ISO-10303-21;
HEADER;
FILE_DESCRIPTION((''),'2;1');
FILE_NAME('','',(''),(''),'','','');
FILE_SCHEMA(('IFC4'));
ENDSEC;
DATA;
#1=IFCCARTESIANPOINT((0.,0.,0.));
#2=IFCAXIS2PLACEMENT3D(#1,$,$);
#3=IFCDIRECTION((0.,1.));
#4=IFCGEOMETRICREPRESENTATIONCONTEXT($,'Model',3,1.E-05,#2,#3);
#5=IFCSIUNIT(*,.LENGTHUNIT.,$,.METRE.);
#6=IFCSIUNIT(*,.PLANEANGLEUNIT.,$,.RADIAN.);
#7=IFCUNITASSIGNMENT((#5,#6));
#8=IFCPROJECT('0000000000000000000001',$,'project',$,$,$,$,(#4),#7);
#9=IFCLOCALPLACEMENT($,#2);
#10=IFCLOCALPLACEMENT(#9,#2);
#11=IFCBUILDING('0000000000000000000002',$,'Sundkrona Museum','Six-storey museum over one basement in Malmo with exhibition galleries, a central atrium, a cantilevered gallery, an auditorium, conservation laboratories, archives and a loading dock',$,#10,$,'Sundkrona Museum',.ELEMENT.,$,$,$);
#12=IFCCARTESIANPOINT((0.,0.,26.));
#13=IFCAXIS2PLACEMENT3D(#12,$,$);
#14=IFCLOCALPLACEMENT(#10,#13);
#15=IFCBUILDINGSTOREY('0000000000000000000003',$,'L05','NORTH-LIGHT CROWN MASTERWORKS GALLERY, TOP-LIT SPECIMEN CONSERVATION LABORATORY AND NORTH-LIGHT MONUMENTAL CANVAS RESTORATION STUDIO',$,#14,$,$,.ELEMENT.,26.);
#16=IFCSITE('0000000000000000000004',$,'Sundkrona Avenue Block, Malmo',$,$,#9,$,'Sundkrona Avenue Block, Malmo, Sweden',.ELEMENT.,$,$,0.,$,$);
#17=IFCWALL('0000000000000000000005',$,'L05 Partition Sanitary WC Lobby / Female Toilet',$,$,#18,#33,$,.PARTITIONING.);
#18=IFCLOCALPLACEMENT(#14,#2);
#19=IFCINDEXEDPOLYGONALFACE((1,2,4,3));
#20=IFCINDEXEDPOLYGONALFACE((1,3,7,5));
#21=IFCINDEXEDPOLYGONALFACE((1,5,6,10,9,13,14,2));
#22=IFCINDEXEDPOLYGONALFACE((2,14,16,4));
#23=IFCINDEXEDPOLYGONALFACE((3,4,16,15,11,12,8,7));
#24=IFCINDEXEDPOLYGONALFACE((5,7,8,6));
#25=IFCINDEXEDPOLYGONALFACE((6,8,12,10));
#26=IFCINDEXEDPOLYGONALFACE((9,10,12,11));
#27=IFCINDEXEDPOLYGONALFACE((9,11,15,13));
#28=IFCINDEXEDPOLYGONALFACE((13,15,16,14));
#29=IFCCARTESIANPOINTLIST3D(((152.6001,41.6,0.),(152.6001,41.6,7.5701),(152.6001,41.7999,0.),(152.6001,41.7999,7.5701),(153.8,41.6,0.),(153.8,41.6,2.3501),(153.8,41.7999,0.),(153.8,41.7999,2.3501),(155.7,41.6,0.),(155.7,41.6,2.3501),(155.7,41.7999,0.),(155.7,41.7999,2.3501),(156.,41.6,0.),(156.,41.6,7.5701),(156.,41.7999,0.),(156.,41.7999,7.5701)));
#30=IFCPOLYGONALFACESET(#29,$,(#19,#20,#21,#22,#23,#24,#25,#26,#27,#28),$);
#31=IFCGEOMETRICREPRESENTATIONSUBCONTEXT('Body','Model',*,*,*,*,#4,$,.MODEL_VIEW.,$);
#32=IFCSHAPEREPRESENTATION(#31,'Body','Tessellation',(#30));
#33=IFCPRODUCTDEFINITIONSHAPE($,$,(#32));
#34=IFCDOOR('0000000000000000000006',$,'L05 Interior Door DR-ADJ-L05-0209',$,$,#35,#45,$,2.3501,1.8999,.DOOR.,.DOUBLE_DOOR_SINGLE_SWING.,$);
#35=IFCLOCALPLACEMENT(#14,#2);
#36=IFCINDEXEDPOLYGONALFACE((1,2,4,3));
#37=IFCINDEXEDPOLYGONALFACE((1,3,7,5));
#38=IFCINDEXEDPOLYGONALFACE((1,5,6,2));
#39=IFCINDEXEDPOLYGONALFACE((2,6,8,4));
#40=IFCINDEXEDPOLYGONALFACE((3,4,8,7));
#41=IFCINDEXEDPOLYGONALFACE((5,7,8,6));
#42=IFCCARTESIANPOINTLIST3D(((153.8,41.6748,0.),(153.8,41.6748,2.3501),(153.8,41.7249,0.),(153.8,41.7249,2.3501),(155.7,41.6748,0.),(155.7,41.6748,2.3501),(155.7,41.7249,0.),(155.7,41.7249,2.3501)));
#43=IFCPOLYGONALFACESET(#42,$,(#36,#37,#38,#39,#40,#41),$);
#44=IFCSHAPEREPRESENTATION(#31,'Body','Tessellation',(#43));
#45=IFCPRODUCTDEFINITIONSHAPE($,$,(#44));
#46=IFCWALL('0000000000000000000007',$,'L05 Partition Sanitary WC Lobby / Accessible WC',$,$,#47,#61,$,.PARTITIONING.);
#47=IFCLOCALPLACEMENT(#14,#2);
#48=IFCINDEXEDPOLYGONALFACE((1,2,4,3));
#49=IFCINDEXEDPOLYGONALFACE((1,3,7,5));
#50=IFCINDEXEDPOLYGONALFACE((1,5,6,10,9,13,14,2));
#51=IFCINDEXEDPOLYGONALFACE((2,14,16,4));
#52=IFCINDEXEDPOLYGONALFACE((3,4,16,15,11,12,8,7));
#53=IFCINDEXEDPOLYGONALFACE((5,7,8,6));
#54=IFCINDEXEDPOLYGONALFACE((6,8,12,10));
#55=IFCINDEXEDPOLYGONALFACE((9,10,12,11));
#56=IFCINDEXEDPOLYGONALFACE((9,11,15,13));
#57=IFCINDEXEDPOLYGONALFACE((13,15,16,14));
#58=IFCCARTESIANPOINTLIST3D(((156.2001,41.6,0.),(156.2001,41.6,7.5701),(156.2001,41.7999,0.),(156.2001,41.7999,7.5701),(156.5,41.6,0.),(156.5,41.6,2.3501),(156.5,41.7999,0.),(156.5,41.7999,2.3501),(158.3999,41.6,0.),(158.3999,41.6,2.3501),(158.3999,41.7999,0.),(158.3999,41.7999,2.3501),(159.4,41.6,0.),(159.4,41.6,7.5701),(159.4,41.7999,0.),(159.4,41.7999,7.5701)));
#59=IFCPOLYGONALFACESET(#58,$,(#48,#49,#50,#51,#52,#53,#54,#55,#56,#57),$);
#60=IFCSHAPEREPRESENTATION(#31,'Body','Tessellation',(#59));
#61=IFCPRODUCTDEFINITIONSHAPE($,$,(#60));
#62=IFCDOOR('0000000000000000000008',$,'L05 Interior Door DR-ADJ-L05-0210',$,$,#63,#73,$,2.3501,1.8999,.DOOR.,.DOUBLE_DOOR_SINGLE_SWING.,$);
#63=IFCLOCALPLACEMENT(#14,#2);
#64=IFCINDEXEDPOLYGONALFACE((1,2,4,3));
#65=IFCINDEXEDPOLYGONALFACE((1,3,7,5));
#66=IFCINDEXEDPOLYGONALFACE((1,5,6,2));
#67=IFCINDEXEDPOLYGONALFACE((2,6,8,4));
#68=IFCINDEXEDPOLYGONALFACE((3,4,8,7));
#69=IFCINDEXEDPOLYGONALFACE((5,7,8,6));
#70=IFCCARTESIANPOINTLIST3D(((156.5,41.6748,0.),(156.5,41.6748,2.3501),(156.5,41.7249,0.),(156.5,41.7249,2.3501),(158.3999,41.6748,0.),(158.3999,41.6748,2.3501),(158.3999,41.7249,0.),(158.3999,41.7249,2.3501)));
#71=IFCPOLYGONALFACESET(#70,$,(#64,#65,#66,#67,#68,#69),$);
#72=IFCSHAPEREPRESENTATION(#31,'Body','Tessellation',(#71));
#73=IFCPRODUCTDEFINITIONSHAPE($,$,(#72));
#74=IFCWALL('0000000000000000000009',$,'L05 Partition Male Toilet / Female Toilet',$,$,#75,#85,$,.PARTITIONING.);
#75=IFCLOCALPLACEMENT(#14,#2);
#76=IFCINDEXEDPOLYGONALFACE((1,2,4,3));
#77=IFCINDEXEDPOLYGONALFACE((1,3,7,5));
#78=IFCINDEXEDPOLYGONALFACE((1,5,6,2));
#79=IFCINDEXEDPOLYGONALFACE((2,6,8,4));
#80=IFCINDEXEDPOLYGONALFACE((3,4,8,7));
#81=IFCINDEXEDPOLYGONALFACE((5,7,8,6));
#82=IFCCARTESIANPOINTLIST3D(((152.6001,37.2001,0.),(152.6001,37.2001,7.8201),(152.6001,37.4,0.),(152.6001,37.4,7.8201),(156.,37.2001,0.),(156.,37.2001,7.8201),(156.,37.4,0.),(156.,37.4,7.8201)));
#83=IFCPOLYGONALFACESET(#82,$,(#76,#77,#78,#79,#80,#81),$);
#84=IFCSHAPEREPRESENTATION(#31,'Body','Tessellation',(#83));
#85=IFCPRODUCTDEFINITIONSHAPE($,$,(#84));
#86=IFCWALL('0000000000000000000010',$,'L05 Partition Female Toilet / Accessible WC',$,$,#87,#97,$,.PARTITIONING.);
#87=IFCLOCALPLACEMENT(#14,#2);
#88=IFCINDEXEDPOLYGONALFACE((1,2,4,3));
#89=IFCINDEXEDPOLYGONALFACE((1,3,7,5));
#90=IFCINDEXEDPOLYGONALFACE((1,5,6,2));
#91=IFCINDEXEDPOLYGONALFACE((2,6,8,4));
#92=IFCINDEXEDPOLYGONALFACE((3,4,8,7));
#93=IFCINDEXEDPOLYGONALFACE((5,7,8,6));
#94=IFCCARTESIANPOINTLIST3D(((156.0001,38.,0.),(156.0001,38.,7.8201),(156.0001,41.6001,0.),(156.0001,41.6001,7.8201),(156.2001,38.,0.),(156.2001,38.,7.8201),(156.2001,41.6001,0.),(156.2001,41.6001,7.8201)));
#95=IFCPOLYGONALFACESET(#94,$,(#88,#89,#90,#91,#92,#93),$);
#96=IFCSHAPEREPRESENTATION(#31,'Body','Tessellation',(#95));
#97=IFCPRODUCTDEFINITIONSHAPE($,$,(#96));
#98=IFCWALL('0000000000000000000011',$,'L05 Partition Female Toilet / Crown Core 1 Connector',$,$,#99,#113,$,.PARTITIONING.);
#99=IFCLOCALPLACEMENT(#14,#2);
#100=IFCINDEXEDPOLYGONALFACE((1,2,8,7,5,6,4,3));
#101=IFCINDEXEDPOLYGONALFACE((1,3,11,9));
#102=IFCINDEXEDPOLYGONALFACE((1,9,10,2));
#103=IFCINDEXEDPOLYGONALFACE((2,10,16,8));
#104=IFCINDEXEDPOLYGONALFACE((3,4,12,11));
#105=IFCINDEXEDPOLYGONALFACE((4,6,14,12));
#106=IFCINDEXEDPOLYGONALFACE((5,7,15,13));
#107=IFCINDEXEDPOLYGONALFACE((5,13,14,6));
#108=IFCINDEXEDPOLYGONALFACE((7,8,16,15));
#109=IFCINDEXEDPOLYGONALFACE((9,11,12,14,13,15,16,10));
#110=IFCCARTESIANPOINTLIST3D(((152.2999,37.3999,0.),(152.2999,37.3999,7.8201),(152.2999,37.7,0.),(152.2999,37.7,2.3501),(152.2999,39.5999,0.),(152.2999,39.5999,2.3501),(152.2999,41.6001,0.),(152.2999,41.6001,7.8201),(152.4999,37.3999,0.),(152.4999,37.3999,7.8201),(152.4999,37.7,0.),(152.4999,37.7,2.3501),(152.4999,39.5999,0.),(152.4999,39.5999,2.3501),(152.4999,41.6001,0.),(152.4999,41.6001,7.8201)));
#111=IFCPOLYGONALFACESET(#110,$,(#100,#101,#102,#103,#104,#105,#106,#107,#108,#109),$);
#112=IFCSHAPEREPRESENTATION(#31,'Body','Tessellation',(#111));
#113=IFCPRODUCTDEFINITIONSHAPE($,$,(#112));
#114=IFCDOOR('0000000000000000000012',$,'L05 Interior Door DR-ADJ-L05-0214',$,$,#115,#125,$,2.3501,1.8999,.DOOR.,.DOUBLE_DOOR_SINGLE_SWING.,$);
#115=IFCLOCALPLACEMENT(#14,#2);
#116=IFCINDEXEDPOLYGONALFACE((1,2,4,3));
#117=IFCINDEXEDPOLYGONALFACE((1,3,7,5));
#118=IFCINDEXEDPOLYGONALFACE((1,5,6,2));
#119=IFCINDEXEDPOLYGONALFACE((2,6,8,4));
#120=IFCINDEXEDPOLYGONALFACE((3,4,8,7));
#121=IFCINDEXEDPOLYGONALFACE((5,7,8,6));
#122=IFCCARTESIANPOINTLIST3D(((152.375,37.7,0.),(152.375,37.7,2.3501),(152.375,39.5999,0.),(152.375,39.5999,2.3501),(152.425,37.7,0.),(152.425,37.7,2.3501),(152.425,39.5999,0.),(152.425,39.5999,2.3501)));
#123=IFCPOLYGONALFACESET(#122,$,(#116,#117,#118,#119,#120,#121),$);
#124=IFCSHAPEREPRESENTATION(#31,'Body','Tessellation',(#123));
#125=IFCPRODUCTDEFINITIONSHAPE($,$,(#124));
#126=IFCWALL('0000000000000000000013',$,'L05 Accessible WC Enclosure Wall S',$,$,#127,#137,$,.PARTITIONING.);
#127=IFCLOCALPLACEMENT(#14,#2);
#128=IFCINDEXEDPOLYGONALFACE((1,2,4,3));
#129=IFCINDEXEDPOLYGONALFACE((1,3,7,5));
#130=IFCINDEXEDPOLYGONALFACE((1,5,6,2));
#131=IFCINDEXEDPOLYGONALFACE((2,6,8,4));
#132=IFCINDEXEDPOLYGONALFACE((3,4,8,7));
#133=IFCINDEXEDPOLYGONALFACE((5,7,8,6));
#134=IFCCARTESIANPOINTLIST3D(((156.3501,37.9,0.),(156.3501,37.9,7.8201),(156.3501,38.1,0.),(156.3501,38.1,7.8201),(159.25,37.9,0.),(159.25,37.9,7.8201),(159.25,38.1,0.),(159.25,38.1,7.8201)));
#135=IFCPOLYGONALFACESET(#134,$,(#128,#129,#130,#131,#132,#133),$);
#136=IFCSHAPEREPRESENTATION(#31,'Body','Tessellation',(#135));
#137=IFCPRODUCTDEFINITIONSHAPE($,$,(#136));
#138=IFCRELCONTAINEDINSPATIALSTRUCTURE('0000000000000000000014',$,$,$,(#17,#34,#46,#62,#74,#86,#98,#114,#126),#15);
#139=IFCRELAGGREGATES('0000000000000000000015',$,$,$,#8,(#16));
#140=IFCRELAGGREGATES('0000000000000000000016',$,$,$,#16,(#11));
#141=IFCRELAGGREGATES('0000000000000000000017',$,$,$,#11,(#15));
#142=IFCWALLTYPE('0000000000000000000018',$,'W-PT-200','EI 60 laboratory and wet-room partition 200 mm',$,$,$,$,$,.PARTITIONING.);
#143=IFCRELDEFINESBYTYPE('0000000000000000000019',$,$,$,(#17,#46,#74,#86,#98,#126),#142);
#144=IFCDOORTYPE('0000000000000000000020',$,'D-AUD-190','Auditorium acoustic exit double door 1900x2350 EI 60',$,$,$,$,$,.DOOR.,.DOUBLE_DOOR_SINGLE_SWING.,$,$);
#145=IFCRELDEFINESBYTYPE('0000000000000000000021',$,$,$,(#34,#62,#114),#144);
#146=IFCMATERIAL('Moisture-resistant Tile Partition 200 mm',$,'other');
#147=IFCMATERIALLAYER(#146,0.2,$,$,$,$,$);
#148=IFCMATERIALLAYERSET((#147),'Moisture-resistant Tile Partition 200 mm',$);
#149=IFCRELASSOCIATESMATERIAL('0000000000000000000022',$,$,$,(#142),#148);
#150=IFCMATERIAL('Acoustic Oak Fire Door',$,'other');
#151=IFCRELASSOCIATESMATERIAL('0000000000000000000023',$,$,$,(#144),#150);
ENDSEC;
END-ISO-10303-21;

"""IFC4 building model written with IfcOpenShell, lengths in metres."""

from ifc_helpers import new_model, si_unit, direction, frame, frame_2d, origin, place, context, subcontext, project, spatial, rectangle, extrude, material, layer, layer_set, type_object, element, fill, save


model = new_model("IFC4")

# Units and contexts
model_context = context("Model", 3, precision=1e-05, world=origin(), true_north=direction((0.0, 1.0)))
body_context = subcontext(model_context, "Body", "Model", "MODEL_VIEW")
ifc_project = project(units=[si_unit("LENGTHUNIT", "METRE"), si_unit("PLANEANGLEUNIT", "RADIAN")], contexts=[model_context])

# Site, building, storey
site_placement = place(None, origin())
site = spatial("IfcSite", under=ifc_project, at=site_placement, Name="Sundkrona Avenue Block, Malmo", LongName="Sundkrona Avenue Block, Malmo, Sweden", CompositionType="ELEMENT", RefElevation=0.0)
building_placement = place(site_placement, origin())
building = spatial("IfcBuilding", under=site, at=building_placement, Name="Sundkrona Museum", Description="Six-storey museum over one basement in Malmo with exhibition galleries, a central atrium, a cantilevered gallery, an auditorium, conservation laboratories, archives and a loading dock", LongName="Sundkrona Museum", CompositionType="ELEMENT")
storey_placement = place(building_placement, frame((0.0, 0.0, 26.0)))
storey = spatial("IfcBuildingStorey", under=building, at=storey_placement, Name="L05", Description="NORTH-LIGHT CROWN MASTERWORKS GALLERY, TOP-LIT SPECIMEN CONSERVATION LABORATORY AND NORTH-LIGHT MONUMENTAL CANVAS RESTORATION STUDIO", CompositionType="ELEMENT", Elevation=26.0)

# Walls, openings, doors
ifc_material_1 = material(Name="Moisture-resistant Tile Partition 200 mm", Category="other")
ifc_layer_1 = layer(ifc_material_1, 0.2)
ifc_layer_set_1 = layer_set([ifc_layer_1], Name="Moisture-resistant Tile Partition 200 mm")
wall_type_1 = type_object("IfcWallType", Name="W-PT-200", Description="EI 60 laboratory and wet-room partition 200 mm", PredefinedType="PARTITIONING", material=ifc_layer_set_1)
wall_1_placement = place(storey_placement, frame((152.6001, 41.7, 0.0), z_axis=(0.0, 0.0, 1.0), x_axis=(1.0, 0.0, 0.0)))
wall_1 = element("IfcWall", 1, at=wall_1_placement, inside=storey, type_object=wall_type_1, Name="L05 Partition Sanitary WC Lobby / Female Toilet", PredefinedType="PARTITIONING", context=body_context, shape_type="SweptSolid", body=[
    extrude(rectangle(XDim=3.3999, YDim=0.2, at=frame_2d((1.7, 0.0))), origin(), (0.0, 0.0, 1.0), 7.5701),
])
opening_1_placement = place(wall_1_placement, frame((1.2, 0.0, 0.0)))
opening_1 = element("IfcOpeningElement", 2, at=opening_1_placement, cuts=wall_1, PredefinedType="OPENING", context=body_context, shape_type="SweptSolid", body=[
    extrude(rectangle(XDim=1.8999, YDim=2.3501, at=frame_2d((0.95, 1.175))), frame((0.0, 0.1099, 0.0), z_axis=(0.0, -1.0, 0.0), x_axis=(1.0, 0.0, 0.0)), (0.0, 0.0, 1.0), 0.22),
])
ifc_material_2 = material(Name="Acoustic Oak Fire Door", Category="other")
door_type_1 = type_object("IfcDoorType", Name="D-AUD-190", Description="Auditorium acoustic exit double door 1900x2350 EI 60", OperationType="DOUBLE_DOOR_SINGLE_SWING", PredefinedType="DOOR", material=ifc_material_2)
door_1_placement = place(opening_1_placement, origin())
door_1 = element("IfcDoor", 3, at=door_1_placement, inside=storey, type_object=door_type_1, Name="L05 Interior Door DR-ADJ-L05-0209", OperationType="DOUBLE_DOOR_SINGLE_SWING", OverallHeight=2.3501, OverallWidth=1.8999, PredefinedType="DOOR", context=body_context, shape_type="SweptSolid", body=[
    extrude(rectangle(XDim=1.8999, YDim=2.3501, at=frame_2d((0.95, 1.175))), frame((0.0, 0.0249, 0.0), z_axis=(0.0, -1.0, 0.0), x_axis=(1.0, 0.0, 0.0)), (0.0, 0.0, 1.0), 0.05),
])
fill(opening_1, door_1)
wall_2_placement = place(storey_placement, frame((156.2, 41.7, 0.0), z_axis=(0.0, 0.0, 1.0), x_axis=(1.0, 0.0, 0.0)))
wall_2 = element("IfcWall", 4, at=wall_2_placement, inside=storey, type_object=wall_type_1, Name="L05 Partition Sanitary WC Lobby / Accessible WC", PredefinedType="PARTITIONING", context=body_context, shape_type="SweptSolid", body=[
    extrude(rectangle(XDim=3.2, YDim=0.2, at=frame_2d((1.6001, 0.0))), origin(), (0.0, 0.0, 1.0), 7.5701),
])
opening_2_placement = place(wall_2_placement, frame((0.3, 0.0, 0.0)))
opening_2 = element("IfcOpeningElement", 5, at=opening_2_placement, cuts=wall_2, PredefinedType="OPENING", context=body_context, shape_type="SweptSolid", body=[
    extrude(rectangle(XDim=1.8999, YDim=2.3501, at=frame_2d((0.95, 1.175))), frame((0.0, 0.1099, 0.0), z_axis=(0.0, -1.0, 0.0), x_axis=(1.0, 0.0, 0.0)), (0.0, 0.0, 1.0), 0.22),
])
door_2_placement = place(opening_2_placement, origin())
door_2 = element("IfcDoor", 6, at=door_2_placement, inside=storey, type_object=door_type_1, Name="L05 Interior Door DR-ADJ-L05-0210", OperationType="DOUBLE_DOOR_SINGLE_SWING", OverallHeight=2.3501, OverallWidth=1.8999, PredefinedType="DOOR", context=body_context, shape_type="SweptSolid", body=[
    extrude(rectangle(XDim=1.8999, YDim=2.3501, at=frame_2d((0.95, 1.175))), frame((0.0, 0.0249, 0.0), z_axis=(0.0, -1.0, 0.0), x_axis=(1.0, 0.0, 0.0)), (0.0, 0.0, 1.0), 0.05),
])
fill(opening_2, door_2)

# Walls
wall_3_placement = place(storey_placement, frame((152.6001, 37.3, 0.0), z_axis=(0.0, 0.0, 1.0), x_axis=(1.0, 0.0, 0.0)))
element("IfcWall", 7, at=wall_3_placement, inside=storey, type_object=wall_type_1, Name="L05 Partition Male Toilet / Female Toilet", PredefinedType="PARTITIONING", context=body_context, shape_type="SweptSolid", body=[
    extrude(rectangle(XDim=3.3999, YDim=0.2, at=frame_2d((1.7, 0.0))), origin(), (0.0, 0.0, 1.0), 7.8201),
])
wall_4_placement = place(storey_placement, frame((156.1001, 38.0, 0.0), z_axis=(0.0, 0.0, 1.0), x_axis=(0.0, 1.0, 0.0)))
element("IfcWall", 8, at=wall_4_placement, inside=storey, type_object=wall_type_1, Name="L05 Partition Female Toilet / Accessible WC", PredefinedType="PARTITIONING", context=body_context, shape_type="SweptSolid", body=[
    extrude(rectangle(XDim=3.6001, YDim=0.2, at=frame_2d((1.8, 0.0))), origin(), (0.0, 0.0, 1.0), 7.8201),
])

# Wall, opening, door
wall_5_placement = place(storey_placement, frame((152.3999, 37.3999, 0.0), z_axis=(0.0, 0.0, 1.0), x_axis=(0.0, 1.0, 0.0)))
wall_5 = element("IfcWall", 9, at=wall_5_placement, inside=storey, type_object=wall_type_1, Name="L05 Partition Female Toilet / Crown Core 1 Connector", PredefinedType="PARTITIONING", context=body_context, shape_type="SweptSolid", body=[
    extrude(rectangle(XDim=4.2002, YDim=0.2, at=frame_2d((2.1001, 0.0))), origin(), (0.0, 0.0, 1.0), 7.8201),
])
opening_3_placement = place(wall_5_placement, frame((0.3, 0.0, 0.0)))
opening_3 = element("IfcOpeningElement", 10, at=opening_3_placement, cuts=wall_5, PredefinedType="OPENING", context=body_context, shape_type="SweptSolid", body=[
    extrude(rectangle(XDim=1.8999, YDim=2.3501, at=frame_2d((0.95, 1.175))), frame((0.0, 0.1099, 0.0), z_axis=(0.0, -1.0, 0.0), x_axis=(1.0, 0.0, 0.0)), (0.0, 0.0, 1.0), 0.22),
])
door_3_placement = place(opening_3_placement, origin())
door_3 = element("IfcDoor", 11, at=door_3_placement, inside=storey, type_object=door_type_1, Name="L05 Interior Door DR-ADJ-L05-0214", OperationType="DOUBLE_DOOR_SINGLE_SWING", OverallHeight=2.3501, OverallWidth=1.8999, PredefinedType="DOOR", context=body_context, shape_type="SweptSolid", body=[
    extrude(rectangle(XDim=1.8999, YDim=2.3501, at=frame_2d((0.95, 1.175))), frame((0.0, 0.0249, 0.0), z_axis=(0.0, -1.0, 0.0), x_axis=(1.0, 0.0, 0.0)), (0.0, 0.0, 1.0), 0.05),
])
fill(opening_3, door_3)

# Wall
wall_6_placement = place(storey_placement, frame((156.3501, 38.0, 0.0), z_axis=(0.0, 0.0, 1.0), x_axis=(1.0, 0.0, 0.0)))
element("IfcWall", 12, at=wall_6_placement, inside=storey, type_object=wall_type_1, Name="L05 Accessible WC Enclosure Wall S", PredefinedType="PARTITIONING", context=body_context, shape_type="SweptSolid", body=[
    extrude(rectangle(XDim=2.8999, YDim=0.2, at=frame_2d((1.45, 0.0))), origin(), (0.0, 0.0, 1.0), 7.8201),
])

save(model, "model.ifc")
